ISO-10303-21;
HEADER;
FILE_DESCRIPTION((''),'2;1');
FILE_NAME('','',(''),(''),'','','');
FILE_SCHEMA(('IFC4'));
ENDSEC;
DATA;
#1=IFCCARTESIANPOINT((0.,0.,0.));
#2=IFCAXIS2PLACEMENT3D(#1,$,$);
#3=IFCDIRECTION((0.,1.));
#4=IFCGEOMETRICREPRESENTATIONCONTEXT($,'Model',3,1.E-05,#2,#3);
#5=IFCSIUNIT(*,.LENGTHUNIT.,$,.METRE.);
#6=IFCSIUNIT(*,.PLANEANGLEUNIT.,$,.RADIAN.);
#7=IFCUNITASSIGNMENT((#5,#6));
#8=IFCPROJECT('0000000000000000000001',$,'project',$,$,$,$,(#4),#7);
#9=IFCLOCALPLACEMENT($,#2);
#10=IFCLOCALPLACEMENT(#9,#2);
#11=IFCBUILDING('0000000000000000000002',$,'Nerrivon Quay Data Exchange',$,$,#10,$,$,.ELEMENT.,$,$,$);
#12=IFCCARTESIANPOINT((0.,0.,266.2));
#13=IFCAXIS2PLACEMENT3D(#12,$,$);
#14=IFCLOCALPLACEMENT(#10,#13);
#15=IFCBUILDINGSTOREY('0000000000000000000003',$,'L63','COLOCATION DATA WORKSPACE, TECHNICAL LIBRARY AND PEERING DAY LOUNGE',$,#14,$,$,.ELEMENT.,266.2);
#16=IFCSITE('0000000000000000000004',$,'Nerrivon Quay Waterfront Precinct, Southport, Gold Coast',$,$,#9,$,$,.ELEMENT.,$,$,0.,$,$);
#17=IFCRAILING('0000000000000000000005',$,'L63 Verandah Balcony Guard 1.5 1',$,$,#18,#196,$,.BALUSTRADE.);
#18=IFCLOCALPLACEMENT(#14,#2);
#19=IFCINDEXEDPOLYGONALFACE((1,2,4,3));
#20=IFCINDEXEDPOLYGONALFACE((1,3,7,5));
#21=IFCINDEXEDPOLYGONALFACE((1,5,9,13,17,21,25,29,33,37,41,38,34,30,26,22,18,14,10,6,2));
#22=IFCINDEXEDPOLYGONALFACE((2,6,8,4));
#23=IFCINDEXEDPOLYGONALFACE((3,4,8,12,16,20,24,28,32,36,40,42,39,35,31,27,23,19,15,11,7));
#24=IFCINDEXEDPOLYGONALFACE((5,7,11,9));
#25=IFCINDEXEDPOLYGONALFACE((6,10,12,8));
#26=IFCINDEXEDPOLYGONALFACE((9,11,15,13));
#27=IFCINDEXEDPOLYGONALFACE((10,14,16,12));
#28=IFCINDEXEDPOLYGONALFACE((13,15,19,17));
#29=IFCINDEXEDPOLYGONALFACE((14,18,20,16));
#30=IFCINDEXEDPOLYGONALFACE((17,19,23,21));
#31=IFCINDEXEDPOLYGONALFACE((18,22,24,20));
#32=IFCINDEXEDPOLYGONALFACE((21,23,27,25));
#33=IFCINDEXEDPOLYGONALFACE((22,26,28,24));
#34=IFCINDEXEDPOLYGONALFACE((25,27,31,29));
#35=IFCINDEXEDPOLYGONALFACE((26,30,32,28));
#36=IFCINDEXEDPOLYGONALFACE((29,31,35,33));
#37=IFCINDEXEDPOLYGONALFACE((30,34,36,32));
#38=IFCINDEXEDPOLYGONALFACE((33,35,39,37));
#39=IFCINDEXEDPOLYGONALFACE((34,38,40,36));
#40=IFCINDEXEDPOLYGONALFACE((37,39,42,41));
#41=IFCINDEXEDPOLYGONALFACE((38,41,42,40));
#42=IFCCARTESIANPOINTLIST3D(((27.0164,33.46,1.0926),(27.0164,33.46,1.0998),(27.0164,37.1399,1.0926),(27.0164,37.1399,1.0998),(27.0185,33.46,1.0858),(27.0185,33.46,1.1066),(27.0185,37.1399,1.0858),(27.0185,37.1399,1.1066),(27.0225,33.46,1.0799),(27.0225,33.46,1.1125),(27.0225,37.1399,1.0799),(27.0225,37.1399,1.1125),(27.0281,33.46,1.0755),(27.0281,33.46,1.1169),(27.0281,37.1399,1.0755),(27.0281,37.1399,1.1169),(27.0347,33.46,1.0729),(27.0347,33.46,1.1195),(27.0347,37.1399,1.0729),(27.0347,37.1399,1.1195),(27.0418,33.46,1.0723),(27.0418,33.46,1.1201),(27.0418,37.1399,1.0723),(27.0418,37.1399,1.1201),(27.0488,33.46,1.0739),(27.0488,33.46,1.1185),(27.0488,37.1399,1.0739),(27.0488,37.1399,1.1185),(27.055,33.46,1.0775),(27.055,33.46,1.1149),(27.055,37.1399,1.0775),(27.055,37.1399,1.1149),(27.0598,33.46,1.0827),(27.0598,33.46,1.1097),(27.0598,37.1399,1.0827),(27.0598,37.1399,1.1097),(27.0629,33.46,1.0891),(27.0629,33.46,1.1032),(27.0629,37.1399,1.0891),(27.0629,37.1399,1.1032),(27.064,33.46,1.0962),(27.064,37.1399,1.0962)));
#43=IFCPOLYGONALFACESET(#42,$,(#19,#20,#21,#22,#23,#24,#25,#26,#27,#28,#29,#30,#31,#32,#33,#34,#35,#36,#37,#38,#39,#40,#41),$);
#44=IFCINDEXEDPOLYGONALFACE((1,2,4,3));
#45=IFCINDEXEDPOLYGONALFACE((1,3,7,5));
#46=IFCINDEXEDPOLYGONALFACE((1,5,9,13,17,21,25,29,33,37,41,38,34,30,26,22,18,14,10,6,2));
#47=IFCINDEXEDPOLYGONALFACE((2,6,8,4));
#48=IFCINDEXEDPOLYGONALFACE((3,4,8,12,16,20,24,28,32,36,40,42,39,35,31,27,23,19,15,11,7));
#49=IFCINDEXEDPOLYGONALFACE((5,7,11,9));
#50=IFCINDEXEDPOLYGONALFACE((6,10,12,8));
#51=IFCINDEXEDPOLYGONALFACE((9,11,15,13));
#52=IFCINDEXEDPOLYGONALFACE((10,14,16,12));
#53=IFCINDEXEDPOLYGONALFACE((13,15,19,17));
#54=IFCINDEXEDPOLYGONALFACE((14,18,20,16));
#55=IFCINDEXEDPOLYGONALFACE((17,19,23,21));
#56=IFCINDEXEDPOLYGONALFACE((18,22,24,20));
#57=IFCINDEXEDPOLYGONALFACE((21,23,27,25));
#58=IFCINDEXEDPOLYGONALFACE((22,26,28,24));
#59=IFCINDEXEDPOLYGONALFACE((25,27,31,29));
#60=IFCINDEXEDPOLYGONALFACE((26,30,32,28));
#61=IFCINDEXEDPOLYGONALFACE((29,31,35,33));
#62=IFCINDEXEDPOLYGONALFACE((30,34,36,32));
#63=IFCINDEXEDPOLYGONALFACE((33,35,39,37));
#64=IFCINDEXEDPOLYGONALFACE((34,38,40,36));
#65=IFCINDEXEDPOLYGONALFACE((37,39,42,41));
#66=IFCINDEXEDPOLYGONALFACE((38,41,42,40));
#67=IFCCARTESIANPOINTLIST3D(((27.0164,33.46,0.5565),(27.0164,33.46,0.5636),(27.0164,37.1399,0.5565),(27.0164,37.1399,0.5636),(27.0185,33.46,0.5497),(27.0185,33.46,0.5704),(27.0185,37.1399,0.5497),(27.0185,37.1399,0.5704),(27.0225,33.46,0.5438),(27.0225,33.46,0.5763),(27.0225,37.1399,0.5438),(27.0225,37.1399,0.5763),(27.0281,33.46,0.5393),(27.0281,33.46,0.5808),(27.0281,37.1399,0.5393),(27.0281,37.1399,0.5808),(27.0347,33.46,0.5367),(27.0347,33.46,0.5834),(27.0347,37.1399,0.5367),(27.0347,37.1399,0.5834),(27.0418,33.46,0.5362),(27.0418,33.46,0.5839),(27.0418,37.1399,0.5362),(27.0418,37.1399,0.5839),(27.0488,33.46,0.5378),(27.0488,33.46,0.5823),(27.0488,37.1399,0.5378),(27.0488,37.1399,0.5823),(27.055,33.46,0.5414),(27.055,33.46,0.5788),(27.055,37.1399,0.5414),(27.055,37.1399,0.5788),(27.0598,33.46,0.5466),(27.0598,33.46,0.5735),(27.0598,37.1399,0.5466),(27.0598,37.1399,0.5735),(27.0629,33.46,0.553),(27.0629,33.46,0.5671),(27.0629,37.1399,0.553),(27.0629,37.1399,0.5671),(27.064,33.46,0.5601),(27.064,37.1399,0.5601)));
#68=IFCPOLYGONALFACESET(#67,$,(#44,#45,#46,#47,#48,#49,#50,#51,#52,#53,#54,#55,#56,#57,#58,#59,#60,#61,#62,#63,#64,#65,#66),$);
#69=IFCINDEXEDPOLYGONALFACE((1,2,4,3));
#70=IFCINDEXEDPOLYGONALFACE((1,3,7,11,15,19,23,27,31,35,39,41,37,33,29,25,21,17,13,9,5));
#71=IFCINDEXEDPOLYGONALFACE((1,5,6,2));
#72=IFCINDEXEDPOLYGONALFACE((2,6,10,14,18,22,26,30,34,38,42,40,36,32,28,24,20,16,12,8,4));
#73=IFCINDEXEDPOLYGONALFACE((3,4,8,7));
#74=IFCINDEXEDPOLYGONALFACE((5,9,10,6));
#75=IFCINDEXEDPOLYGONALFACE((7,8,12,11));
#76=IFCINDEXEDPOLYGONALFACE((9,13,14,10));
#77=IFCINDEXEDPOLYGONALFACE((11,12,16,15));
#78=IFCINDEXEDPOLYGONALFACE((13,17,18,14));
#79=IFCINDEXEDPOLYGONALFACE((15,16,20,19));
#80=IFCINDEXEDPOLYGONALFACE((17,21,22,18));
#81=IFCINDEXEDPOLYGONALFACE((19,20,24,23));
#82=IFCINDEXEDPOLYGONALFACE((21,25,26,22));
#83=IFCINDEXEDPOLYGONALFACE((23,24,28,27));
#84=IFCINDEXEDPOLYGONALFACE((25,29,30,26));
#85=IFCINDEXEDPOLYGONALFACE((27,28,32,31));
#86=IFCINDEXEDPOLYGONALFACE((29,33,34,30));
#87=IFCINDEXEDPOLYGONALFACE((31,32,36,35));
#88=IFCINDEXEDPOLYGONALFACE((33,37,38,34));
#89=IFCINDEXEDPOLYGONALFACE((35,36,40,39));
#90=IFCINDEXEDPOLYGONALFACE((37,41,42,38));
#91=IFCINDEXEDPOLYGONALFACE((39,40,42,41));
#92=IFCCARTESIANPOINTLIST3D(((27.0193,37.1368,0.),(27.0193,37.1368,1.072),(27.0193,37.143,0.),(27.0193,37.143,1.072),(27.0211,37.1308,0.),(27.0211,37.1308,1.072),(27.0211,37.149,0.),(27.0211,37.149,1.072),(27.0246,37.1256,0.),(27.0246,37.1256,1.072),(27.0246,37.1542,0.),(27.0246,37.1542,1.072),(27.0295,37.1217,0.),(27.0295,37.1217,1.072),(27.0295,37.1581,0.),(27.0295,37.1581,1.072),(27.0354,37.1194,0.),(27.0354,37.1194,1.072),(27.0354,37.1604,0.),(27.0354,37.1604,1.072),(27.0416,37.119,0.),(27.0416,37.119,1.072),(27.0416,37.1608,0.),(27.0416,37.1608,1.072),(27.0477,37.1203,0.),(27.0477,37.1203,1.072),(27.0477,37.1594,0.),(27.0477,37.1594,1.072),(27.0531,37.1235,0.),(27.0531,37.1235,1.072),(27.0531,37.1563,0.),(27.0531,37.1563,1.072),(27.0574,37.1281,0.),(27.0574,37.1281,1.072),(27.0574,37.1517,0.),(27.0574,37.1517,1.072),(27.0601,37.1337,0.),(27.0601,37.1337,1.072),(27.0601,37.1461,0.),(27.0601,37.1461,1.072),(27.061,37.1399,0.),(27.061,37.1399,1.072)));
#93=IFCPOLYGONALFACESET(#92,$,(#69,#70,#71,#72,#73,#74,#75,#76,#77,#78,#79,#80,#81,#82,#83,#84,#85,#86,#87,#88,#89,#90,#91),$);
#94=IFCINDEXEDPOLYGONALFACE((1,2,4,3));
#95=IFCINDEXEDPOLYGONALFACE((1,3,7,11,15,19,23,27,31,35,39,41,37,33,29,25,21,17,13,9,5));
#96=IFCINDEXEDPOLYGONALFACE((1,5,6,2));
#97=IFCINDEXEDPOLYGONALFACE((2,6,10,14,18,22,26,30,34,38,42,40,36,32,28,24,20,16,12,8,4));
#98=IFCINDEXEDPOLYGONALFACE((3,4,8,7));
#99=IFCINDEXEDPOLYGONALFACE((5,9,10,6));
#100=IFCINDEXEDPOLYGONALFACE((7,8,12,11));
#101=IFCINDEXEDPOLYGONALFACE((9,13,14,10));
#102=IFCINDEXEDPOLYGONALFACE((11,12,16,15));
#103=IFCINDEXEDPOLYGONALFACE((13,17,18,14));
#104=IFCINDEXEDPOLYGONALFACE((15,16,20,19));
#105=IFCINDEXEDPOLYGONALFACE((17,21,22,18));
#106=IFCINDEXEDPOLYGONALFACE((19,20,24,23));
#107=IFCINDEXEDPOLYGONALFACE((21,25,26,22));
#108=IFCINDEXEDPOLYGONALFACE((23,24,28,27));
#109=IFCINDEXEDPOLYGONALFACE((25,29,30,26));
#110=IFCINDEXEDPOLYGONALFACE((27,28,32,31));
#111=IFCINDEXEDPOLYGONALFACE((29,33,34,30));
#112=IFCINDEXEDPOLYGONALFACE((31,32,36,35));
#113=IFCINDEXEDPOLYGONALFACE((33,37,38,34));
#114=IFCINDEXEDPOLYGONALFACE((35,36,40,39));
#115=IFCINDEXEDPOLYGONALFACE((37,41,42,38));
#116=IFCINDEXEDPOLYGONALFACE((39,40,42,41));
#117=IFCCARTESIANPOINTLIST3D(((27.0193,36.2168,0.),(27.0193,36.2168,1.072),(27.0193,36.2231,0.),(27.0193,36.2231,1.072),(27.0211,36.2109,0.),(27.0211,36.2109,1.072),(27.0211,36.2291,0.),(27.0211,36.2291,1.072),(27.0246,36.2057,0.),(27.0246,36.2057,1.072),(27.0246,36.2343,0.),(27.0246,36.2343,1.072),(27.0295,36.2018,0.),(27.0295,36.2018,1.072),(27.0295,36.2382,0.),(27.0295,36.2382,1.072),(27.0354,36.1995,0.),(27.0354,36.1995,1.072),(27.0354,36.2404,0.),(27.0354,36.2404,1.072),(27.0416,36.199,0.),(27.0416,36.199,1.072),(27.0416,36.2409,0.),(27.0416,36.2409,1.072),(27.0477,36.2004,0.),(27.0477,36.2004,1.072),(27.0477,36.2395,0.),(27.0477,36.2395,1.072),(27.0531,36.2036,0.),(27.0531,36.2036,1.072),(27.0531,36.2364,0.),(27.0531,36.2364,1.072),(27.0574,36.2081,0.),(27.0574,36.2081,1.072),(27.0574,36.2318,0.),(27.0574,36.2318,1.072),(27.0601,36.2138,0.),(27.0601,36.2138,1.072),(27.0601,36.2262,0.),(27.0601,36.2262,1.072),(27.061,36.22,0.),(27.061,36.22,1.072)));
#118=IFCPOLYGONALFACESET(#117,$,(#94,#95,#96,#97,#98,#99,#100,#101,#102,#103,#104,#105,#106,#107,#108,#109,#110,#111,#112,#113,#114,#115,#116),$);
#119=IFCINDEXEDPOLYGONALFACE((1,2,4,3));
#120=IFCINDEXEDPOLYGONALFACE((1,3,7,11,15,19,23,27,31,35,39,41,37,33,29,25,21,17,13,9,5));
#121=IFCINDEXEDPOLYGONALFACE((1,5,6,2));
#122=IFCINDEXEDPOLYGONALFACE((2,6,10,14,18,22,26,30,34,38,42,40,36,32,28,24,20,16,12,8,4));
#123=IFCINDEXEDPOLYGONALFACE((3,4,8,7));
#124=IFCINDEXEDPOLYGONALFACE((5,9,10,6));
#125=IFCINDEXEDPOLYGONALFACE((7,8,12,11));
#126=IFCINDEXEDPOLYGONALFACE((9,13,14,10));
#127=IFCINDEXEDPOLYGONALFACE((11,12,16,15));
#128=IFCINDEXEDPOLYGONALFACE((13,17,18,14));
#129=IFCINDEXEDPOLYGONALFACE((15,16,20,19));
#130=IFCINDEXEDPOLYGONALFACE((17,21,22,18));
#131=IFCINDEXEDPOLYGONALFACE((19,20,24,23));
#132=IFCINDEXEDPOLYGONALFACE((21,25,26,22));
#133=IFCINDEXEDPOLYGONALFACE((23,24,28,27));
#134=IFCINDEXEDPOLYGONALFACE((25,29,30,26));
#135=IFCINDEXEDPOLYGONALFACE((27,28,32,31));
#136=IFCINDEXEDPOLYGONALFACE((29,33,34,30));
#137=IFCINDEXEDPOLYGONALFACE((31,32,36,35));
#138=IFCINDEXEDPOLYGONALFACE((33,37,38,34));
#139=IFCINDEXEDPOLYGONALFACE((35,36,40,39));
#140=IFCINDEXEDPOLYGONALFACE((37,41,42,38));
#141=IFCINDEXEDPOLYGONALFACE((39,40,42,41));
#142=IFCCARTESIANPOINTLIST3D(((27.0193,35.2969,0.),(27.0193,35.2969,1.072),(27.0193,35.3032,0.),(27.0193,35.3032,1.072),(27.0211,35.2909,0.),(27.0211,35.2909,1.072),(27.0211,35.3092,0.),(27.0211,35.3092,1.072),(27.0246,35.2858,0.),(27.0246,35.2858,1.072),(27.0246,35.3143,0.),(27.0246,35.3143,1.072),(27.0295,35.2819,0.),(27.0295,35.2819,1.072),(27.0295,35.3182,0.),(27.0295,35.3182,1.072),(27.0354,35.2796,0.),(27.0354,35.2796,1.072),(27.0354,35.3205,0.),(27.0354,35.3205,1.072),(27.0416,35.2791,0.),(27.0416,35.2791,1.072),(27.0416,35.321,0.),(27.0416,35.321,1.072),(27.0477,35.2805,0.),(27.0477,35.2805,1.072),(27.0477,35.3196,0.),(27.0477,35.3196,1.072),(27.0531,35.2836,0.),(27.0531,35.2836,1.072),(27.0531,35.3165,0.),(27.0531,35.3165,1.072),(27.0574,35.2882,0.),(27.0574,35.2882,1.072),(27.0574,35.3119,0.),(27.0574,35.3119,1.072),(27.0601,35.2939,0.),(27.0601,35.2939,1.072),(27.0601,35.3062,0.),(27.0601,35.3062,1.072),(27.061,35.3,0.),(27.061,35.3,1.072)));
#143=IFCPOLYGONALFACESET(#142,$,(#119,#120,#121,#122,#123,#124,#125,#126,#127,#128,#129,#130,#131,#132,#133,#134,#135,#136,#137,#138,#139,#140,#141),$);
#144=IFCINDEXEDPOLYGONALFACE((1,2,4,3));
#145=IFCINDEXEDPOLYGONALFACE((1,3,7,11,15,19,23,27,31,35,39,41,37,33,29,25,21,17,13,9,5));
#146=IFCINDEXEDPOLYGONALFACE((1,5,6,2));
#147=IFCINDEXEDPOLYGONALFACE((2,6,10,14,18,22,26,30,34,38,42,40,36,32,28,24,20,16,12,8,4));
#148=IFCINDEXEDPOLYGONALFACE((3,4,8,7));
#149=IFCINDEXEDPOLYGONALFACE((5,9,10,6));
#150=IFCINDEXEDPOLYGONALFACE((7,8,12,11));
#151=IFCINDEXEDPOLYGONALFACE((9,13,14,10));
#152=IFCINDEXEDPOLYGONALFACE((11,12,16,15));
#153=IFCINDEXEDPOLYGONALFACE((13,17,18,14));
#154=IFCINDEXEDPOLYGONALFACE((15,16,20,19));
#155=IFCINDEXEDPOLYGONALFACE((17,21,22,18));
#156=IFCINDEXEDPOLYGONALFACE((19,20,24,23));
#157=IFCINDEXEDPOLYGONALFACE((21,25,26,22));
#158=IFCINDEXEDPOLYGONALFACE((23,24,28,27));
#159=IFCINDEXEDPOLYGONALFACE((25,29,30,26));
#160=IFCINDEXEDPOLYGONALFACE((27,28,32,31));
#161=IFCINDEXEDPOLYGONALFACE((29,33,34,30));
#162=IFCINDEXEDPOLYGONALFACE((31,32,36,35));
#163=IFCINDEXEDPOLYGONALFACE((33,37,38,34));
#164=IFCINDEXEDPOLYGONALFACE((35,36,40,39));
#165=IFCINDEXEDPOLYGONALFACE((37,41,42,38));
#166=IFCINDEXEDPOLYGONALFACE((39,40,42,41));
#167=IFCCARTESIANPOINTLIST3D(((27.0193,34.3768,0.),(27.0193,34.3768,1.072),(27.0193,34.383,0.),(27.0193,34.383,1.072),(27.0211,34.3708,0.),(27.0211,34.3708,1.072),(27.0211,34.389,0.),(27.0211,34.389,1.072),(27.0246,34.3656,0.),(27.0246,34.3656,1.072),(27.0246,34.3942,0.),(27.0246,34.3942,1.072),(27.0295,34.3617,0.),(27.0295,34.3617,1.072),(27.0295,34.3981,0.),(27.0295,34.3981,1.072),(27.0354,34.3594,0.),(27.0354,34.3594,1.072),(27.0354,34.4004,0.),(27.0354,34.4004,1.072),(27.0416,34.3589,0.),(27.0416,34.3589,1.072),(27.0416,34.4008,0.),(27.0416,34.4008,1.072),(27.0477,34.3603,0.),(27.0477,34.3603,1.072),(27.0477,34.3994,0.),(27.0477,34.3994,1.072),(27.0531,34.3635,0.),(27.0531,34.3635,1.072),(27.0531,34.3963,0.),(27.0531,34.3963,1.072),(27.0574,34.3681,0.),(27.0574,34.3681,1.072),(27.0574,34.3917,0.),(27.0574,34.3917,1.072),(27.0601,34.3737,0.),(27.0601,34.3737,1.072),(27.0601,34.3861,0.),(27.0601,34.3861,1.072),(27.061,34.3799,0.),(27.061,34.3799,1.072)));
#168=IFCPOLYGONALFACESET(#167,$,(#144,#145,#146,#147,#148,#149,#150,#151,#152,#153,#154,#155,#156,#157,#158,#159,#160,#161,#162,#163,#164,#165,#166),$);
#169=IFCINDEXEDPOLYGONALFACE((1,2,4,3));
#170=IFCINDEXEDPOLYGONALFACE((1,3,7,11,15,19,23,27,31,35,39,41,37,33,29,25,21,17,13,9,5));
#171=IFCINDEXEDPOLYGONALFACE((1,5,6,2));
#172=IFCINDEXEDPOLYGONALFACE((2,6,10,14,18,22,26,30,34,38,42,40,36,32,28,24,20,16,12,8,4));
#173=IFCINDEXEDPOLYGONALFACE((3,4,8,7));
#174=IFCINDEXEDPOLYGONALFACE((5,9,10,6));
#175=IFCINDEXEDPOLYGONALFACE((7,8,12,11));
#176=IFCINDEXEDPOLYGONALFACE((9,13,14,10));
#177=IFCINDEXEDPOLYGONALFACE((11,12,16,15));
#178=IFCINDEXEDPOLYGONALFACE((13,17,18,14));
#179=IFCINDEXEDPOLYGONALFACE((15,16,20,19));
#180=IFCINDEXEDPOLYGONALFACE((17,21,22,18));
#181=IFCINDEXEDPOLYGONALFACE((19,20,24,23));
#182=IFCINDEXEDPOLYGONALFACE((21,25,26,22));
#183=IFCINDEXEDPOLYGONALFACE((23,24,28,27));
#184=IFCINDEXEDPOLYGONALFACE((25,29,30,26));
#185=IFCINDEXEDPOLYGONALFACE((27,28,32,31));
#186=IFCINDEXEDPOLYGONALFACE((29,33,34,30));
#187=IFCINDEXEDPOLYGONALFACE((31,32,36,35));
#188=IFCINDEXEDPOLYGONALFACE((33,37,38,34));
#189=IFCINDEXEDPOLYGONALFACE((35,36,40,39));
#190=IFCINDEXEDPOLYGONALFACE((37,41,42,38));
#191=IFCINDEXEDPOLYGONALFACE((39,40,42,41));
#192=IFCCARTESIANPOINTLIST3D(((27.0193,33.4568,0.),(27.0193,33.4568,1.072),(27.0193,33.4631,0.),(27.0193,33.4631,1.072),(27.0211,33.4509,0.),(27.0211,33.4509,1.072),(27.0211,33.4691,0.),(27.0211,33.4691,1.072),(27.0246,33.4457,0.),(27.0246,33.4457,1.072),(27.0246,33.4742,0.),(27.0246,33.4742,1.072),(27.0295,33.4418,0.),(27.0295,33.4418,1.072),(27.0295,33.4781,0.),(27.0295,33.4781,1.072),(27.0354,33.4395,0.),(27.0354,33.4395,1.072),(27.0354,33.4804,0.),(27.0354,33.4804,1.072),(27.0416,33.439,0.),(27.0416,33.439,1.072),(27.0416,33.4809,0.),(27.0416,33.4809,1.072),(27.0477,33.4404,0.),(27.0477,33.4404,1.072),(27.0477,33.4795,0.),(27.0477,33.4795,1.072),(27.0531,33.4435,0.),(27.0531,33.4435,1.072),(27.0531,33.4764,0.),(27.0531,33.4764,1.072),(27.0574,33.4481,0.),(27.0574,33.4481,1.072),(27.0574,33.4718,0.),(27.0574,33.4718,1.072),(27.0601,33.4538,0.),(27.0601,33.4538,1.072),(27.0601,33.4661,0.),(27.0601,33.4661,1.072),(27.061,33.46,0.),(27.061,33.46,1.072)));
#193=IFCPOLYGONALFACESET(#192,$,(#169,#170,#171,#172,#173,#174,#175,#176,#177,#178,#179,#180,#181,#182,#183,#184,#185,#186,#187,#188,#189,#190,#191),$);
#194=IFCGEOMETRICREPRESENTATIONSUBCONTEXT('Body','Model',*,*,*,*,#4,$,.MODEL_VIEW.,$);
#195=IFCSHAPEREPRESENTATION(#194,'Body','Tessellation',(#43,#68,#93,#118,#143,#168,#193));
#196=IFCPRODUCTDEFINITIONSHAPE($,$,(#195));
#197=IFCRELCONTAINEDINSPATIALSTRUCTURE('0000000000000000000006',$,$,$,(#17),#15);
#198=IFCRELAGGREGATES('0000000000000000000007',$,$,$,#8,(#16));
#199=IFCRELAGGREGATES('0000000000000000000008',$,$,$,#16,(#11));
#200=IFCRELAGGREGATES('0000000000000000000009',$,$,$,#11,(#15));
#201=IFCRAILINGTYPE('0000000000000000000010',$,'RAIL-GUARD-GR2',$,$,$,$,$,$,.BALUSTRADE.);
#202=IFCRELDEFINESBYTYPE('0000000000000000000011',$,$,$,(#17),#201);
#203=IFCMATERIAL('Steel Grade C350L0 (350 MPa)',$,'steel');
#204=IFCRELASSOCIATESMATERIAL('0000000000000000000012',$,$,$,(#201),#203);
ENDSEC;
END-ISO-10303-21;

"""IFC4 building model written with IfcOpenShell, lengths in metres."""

from ifc_helpers import new_model, si_unit, direction, frame, origin, origin_2d, place, context, subcontext, project, spatial, circle, extrude, material, type_object, element, save


model = new_model("IFC4")

# Units and contexts
model_context = context("Model", 3, precision=1e-05, world=origin(), true_north=direction((0.0, 1.0)))
body_context = subcontext(model_context, "Body", "Model", "MODEL_VIEW")
ifc_project = project(units=[si_unit("LENGTHUNIT", "METRE"), si_unit("PLANEANGLEUNIT", "RADIAN")], contexts=[model_context])

# Site, building, storey
site_placement = place(None, origin())
site = spatial("IfcSite", under=ifc_project, at=site_placement, Name="Nerrivon Quay Waterfront Precinct, Southport, Gold Coast", CompositionType="ELEMENT", RefElevation=0.0)
building_placement = place(site_placement, origin())
building = spatial("IfcBuilding", under=site, at=building_placement, Name="Nerrivon Quay Data Exchange", CompositionType="ELEMENT")
storey_placement = place(building_placement, frame((0.0, 0.0, 266.2)))
storey = spatial("IfcBuildingStorey", under=building, at=storey_placement, Name="L63", Description="COLOCATION DATA WORKSPACE, TECHNICAL LIBRARY AND PEERING DAY LOUNGE", CompositionType="ELEMENT", Elevation=266.2)

# Shared definitions
ifc_material_1 = material(Name="Steel Grade C350L0 (350 MPa)", Category="steel")

# Railing
railing_type = type_object("IfcRailingType", Name="RAIL-GUARD-GR2", PredefinedType="BALUSTRADE", material=ifc_material_1)
railing_1_placement = place(storey_placement, frame((27.04, 37.1399, 0.0)))
element("IfcRailing", 1, at=railing_1_placement, inside=storey, type_object=railing_type, Name="L63 Verandah Balcony Guard 1.5 1", PredefinedType="BALUSTRADE", context=body_context, shape_type="SweptSolid", body=[
    extrude(circle(Radius=0.0239, at=origin_2d()), frame((0.0, 0.0, 1.0962), z_axis=(0.0, -1.0, 0.0), x_axis=(1.0, 0.0, 0.0)), (0.0, 0.0, 1.0), 3.6799),
    extrude(circle(Radius=0.0239, at=origin_2d()), frame((0.0, 0.0, 0.5601), z_axis=(0.0, -1.0, 0.0), x_axis=(1.0, 0.0, 0.0)), (0.0, 0.0, 1.0), 3.6799),
    extrude(circle(Radius=0.021, at=origin_2d()), origin(), (0.0, 0.0, 1.0), 1.072),
    extrude(circle(Radius=0.021, at=origin_2d()), frame((0.0, -0.9199, 0.0)), (0.0, 0.0, 1.0), 1.072),
    extrude(circle(Radius=0.021, at=origin_2d()), frame((0.0, -1.8398, 0.0)), (0.0, 0.0, 1.0), 1.072),
    extrude(circle(Radius=0.021, at=origin_2d()), frame((0.0, -2.76, 0.0)), (0.0, 0.0, 1.0), 1.072),
    extrude(circle(Radius=0.021, at=origin_2d()), frame((0.0, -3.6799, 0.0)), (0.0, 0.0, 1.0), 1.072),
])

save(model, "model.ifc")
